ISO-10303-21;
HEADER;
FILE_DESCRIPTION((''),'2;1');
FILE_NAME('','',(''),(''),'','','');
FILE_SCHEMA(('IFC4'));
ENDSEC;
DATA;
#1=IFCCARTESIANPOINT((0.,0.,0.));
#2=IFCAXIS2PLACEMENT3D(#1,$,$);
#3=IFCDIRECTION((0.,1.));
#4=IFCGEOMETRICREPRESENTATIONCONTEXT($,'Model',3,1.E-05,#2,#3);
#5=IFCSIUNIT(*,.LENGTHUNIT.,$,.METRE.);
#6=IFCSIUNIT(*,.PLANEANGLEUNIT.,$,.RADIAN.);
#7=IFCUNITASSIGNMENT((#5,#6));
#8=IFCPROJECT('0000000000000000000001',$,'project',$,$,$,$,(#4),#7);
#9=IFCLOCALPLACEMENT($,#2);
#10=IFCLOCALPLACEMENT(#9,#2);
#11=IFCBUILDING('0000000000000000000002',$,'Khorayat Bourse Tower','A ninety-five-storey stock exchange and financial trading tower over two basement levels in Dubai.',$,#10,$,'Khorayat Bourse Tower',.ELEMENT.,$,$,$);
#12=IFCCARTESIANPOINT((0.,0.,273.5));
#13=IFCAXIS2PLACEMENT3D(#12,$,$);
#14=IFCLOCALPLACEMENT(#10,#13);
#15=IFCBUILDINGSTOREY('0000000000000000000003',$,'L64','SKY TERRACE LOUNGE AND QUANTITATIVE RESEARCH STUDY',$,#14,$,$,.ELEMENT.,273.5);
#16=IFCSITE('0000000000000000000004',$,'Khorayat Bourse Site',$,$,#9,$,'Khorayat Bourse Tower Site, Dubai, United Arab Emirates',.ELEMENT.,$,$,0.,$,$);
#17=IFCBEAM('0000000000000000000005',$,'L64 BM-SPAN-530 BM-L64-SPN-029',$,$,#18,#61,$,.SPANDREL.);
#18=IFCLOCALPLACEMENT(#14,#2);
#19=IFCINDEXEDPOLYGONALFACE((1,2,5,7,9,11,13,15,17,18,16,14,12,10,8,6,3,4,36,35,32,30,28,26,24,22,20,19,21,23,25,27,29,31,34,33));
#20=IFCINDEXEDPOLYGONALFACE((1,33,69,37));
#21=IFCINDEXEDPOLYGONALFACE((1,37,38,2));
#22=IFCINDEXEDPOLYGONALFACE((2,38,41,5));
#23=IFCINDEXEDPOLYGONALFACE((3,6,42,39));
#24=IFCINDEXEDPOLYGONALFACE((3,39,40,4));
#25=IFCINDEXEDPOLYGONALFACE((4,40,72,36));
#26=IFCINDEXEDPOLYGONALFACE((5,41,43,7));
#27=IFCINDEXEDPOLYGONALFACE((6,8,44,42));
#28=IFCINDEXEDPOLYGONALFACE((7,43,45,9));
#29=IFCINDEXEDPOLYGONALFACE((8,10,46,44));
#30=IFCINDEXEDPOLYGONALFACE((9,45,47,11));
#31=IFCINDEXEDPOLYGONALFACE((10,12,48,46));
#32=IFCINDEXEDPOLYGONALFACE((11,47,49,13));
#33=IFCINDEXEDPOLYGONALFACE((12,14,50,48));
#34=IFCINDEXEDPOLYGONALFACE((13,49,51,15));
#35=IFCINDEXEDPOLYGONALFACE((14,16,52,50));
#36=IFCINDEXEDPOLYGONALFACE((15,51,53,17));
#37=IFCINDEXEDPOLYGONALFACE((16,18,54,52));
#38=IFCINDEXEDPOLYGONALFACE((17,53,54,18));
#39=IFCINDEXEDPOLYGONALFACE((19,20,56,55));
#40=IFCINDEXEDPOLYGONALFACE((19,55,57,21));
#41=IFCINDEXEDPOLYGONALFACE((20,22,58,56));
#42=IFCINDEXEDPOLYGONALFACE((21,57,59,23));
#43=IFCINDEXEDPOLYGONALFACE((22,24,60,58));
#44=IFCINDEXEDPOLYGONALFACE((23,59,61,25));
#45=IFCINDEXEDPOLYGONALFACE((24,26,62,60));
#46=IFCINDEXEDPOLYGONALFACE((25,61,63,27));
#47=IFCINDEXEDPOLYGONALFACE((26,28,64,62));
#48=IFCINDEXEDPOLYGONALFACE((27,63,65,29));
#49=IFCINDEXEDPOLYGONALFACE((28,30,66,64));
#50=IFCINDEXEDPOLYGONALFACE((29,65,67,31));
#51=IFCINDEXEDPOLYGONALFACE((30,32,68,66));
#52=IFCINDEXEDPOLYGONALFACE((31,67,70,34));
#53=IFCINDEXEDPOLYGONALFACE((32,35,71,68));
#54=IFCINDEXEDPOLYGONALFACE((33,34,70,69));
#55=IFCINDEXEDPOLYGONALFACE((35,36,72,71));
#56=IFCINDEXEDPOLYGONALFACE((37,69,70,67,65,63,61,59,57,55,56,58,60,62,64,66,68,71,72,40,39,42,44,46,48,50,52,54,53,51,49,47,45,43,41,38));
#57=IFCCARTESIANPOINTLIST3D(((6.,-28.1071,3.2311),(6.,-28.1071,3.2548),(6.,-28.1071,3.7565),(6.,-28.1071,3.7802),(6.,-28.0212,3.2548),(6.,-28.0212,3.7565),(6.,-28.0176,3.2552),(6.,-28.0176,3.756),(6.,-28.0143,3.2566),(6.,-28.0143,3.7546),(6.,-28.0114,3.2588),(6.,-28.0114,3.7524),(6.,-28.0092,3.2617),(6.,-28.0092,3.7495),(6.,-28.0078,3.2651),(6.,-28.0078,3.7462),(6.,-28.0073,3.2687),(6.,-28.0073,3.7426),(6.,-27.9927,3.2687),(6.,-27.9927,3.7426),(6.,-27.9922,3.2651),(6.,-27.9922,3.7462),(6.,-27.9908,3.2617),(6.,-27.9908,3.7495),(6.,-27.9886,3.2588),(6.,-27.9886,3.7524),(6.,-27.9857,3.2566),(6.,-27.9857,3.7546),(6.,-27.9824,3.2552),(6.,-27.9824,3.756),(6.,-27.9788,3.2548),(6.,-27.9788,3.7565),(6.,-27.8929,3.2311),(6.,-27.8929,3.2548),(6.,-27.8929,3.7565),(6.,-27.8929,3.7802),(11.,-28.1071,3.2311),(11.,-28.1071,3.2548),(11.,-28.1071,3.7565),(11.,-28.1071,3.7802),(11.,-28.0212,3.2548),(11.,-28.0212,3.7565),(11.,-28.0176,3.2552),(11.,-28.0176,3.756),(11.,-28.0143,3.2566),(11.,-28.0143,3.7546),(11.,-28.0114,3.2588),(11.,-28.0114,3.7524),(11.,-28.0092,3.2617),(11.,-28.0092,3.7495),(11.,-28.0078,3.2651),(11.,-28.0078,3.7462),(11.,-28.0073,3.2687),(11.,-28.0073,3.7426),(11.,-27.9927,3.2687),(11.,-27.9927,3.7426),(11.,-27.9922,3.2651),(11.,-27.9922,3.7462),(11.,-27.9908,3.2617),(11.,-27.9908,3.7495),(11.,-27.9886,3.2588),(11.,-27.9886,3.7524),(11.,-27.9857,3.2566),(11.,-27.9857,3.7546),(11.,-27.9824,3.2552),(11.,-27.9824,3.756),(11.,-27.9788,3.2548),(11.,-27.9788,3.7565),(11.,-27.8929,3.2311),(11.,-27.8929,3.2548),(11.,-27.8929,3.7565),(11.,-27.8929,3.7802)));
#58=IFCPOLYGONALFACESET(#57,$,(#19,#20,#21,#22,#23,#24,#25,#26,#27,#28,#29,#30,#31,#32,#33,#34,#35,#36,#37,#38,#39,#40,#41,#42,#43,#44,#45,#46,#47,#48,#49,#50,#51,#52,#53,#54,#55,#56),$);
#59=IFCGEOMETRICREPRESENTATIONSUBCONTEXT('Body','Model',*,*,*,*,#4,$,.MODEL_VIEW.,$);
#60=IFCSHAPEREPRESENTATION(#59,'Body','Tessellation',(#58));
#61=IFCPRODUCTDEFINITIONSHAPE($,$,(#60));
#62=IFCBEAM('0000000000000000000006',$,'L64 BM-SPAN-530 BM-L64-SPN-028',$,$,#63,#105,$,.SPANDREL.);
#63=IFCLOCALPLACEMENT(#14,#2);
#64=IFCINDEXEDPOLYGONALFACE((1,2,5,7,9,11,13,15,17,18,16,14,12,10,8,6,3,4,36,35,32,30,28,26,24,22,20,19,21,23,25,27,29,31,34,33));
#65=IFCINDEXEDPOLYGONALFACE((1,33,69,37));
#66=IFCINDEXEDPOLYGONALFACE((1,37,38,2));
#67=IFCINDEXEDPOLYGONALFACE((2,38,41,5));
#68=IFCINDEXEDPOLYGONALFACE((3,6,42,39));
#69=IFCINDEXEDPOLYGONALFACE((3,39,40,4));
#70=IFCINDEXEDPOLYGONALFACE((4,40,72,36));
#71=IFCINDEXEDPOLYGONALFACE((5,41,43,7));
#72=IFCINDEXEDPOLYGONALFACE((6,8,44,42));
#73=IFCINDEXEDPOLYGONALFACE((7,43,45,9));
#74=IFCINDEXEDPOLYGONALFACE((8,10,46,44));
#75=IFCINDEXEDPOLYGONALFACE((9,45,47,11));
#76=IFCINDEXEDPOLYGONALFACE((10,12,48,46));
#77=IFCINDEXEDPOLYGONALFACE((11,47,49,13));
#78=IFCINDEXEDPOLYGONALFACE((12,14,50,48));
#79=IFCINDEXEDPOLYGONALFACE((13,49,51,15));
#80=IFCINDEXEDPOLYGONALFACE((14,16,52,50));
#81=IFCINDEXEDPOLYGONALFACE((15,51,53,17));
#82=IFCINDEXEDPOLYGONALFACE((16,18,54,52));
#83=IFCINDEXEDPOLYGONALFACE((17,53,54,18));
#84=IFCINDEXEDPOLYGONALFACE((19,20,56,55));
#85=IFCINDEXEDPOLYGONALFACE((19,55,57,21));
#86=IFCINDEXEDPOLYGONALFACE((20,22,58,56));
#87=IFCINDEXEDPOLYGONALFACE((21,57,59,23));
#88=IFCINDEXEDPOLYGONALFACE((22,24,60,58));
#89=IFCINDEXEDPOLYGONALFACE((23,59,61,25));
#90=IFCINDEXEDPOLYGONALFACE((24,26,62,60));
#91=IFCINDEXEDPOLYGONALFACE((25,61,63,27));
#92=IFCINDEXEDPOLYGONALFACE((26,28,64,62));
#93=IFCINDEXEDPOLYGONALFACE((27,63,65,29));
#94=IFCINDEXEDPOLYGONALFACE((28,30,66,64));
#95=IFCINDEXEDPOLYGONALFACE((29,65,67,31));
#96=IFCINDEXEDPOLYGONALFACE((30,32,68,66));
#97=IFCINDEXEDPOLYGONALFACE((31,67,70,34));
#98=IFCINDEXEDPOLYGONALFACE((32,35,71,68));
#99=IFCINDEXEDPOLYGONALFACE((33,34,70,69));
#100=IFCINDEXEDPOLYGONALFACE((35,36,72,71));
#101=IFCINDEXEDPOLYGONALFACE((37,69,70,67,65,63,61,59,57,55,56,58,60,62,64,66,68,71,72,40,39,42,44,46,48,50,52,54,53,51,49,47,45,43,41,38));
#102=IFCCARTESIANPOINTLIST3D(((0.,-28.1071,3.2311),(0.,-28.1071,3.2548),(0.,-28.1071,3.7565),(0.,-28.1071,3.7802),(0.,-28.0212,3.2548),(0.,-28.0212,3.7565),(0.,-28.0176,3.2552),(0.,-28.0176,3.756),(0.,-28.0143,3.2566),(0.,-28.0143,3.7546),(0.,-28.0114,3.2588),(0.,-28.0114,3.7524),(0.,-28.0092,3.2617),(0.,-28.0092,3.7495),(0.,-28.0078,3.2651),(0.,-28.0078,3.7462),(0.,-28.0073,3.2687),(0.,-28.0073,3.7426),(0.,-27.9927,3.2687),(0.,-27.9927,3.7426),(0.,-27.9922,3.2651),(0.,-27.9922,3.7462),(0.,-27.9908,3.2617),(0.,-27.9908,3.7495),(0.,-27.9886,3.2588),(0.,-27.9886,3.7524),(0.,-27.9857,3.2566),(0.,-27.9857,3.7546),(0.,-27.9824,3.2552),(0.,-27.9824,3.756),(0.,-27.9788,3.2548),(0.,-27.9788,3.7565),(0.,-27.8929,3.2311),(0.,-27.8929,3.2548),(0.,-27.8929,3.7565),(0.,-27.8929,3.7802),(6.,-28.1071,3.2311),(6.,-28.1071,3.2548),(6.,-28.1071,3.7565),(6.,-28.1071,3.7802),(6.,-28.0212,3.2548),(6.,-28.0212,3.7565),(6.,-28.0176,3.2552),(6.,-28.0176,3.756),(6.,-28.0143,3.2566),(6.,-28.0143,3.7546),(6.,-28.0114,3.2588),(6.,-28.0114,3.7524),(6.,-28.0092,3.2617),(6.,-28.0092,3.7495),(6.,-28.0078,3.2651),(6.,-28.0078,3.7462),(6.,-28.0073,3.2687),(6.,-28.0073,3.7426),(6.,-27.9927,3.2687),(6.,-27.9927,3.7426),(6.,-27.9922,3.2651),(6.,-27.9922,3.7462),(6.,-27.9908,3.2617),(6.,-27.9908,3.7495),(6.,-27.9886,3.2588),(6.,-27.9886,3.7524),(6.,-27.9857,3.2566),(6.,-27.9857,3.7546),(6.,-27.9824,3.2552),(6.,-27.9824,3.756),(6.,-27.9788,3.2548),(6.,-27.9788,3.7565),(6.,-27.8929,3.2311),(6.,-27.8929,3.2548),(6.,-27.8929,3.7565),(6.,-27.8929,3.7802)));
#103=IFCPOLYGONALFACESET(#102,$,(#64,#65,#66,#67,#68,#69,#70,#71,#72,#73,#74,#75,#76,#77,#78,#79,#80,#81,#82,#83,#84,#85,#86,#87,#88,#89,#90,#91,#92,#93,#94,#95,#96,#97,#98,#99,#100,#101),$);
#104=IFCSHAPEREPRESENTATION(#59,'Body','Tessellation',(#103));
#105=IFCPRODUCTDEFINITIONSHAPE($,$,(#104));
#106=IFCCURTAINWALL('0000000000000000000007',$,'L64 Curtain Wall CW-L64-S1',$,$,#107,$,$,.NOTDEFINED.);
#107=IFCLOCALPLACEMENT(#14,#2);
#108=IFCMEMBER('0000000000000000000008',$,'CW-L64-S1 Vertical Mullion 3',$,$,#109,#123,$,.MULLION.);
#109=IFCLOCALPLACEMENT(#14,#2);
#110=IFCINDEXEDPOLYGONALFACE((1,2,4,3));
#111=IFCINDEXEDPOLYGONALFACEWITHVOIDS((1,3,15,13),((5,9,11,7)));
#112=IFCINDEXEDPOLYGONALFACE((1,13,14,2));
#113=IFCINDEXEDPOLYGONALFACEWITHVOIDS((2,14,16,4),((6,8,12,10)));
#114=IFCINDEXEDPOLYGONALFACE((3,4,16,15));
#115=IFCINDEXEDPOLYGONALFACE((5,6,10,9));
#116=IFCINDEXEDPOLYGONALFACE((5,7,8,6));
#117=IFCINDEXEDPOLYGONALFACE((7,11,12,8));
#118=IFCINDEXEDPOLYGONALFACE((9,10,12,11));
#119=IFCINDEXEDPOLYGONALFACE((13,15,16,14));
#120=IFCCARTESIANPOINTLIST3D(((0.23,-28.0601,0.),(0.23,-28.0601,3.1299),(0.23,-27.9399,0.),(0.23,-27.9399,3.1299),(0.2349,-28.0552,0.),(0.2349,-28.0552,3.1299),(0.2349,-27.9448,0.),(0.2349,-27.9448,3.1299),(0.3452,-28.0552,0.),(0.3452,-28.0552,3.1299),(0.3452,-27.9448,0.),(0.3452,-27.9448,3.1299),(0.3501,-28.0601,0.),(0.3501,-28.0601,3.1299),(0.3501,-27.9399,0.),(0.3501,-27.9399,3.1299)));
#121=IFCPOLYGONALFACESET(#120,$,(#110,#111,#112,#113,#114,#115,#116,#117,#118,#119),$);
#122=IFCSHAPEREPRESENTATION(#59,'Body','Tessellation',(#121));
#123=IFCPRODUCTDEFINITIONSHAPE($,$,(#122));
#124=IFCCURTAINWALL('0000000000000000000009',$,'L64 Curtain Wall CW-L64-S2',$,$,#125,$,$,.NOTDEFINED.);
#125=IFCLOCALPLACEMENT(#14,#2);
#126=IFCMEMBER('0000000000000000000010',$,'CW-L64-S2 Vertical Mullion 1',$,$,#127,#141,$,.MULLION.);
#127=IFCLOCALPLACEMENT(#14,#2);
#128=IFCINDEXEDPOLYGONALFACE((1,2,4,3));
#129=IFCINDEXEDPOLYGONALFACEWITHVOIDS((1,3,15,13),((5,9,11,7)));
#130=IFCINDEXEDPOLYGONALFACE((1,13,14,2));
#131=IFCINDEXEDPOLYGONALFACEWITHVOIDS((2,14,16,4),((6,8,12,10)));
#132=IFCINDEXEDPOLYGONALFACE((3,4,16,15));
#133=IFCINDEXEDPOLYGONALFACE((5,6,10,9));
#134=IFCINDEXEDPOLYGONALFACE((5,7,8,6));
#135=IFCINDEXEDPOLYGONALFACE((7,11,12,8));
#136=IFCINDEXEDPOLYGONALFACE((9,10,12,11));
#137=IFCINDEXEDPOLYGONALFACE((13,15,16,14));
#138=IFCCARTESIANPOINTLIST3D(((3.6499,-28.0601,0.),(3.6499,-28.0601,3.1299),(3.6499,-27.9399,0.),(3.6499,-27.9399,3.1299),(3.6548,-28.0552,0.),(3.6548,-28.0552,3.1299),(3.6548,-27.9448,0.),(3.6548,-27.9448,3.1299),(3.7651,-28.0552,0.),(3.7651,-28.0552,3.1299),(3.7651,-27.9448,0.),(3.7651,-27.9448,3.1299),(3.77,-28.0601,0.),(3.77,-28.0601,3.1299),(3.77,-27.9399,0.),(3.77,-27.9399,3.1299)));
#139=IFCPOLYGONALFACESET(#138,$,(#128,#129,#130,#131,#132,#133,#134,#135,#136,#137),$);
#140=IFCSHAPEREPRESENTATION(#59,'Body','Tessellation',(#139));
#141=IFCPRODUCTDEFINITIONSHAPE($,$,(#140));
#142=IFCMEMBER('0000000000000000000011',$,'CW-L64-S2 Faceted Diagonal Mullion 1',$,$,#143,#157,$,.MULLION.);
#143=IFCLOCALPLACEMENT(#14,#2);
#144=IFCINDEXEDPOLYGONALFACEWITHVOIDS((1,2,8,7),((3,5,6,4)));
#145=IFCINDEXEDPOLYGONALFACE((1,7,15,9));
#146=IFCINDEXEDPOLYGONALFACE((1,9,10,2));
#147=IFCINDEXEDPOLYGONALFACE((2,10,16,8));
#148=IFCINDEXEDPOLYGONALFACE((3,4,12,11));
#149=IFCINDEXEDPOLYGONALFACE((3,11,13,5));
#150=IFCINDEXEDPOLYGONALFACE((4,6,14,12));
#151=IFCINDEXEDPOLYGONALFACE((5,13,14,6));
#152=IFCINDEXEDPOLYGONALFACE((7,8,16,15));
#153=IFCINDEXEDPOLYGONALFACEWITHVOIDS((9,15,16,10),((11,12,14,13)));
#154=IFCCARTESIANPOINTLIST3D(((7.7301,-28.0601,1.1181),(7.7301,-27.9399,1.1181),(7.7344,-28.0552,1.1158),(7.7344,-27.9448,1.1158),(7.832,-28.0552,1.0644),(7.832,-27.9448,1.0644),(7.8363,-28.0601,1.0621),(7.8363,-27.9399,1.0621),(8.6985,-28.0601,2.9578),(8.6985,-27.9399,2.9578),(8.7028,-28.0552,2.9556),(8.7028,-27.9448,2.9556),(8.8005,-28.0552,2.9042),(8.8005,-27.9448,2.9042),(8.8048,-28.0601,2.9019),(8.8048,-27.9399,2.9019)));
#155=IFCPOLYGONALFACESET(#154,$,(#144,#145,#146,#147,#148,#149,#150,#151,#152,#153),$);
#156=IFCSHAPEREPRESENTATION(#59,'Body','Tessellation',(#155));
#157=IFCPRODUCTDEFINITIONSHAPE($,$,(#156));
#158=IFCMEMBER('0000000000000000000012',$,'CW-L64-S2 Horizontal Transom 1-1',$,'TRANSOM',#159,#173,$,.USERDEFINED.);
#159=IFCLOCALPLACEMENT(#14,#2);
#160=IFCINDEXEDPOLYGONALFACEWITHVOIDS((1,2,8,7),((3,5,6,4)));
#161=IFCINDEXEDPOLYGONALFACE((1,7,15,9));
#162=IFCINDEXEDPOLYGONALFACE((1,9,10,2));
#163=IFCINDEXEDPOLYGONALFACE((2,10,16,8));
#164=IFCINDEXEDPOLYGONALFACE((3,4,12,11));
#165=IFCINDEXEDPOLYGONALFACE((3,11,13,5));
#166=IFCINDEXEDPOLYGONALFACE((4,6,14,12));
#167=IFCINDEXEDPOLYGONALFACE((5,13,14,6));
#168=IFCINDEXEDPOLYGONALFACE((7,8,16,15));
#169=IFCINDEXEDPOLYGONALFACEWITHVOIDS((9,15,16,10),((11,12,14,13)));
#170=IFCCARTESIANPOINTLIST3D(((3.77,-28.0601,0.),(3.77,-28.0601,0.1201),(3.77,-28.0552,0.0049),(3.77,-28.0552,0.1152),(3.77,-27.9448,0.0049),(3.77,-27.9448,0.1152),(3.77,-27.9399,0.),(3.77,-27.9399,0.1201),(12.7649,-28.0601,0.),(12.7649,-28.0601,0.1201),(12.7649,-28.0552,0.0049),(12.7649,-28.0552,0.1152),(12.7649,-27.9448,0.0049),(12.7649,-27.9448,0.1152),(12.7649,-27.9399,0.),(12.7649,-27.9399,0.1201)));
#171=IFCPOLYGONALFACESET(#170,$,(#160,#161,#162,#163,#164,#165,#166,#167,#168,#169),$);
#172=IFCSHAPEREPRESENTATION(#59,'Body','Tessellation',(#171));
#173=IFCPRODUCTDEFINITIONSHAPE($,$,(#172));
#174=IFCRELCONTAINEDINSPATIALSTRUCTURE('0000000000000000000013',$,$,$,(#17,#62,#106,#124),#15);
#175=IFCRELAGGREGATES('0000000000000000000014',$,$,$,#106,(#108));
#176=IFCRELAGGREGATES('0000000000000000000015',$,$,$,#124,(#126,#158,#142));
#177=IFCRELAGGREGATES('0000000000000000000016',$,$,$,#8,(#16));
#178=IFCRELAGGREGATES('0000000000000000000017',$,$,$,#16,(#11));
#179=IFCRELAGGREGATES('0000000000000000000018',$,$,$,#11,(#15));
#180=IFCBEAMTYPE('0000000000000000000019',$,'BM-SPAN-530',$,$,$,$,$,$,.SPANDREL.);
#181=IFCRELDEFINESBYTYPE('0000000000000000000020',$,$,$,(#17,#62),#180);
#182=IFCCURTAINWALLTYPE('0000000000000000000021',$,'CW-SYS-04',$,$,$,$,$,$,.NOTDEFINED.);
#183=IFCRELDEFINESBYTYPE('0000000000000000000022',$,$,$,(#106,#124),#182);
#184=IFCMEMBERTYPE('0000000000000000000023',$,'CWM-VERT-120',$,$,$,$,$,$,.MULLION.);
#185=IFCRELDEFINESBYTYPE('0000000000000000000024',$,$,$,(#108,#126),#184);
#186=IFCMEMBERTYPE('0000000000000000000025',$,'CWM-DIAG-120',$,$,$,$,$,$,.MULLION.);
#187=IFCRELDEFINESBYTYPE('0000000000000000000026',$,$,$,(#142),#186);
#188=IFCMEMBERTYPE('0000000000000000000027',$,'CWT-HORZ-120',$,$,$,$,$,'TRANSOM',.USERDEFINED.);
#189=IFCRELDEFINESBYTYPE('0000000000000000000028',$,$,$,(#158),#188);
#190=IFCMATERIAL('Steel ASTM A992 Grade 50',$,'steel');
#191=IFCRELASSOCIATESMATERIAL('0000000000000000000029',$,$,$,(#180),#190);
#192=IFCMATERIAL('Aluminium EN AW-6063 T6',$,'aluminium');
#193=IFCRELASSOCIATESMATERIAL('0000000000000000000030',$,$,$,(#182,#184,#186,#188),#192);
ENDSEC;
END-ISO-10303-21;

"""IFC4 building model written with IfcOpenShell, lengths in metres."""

from ifc_helpers import new_model, si_unit, direction, frame, origin, origin_2d, place, context, subcontext, project, spatial, hollow_rectangle, i_section, extrude, source, transform, mapped, material, material_profile, profile_set, type_object, element, aggregate, save


model = new_model("IFC4")

# Units and contexts
model_context = context("Model", 3, precision=1e-05, world=origin(), true_north=direction((0.0, 1.0)))
body_context = subcontext(model_context, "Body", "Model", "MODEL_VIEW")
ifc_project = project(units=[si_unit("LENGTHUNIT", "METRE"), si_unit("PLANEANGLEUNIT", "RADIAN")], contexts=[model_context])

# Site, building, storey
site_placement = place(None, origin())
site = spatial("IfcSite", under=ifc_project, at=site_placement, Name="Khorayat Bourse Site", LongName="Khorayat Bourse Tower Site, Dubai, United Arab Emirates", CompositionType="ELEMENT", RefElevation=0.0)
building_placement = place(site_placement, origin())
building = spatial("IfcBuilding", under=site, at=building_placement, Name="Khorayat Bourse Tower", Description="A ninety-five-storey stock exchange and financial trading tower over two basement levels in Dubai.", LongName="Khorayat Bourse Tower", CompositionType="ELEMENT")
storey_placement = place(building_placement, frame((0.0, 0.0, 273.5)))
storey = spatial("IfcBuildingStorey", under=building, at=storey_placement, Name="L64", Description="SKY TERRACE LOUNGE AND QUANTITATIVE RESEARCH STUDY", CompositionType="ELEMENT", Elevation=273.5)

# Shared definitions
ifc_material_1 = material(Name="Steel ASTM A992 Grade 50", Category="steel")

# Beams
ifc_material_profile_1 = material_profile(ifc_material_1, i_section(OverallWidth=0.2141, OverallDepth=0.5491, WebThickness=0.0146, FlangeThickness=0.0237, FilletRadius=0.0139, at=origin_2d()), Name="W530X138")
ifc_profile_set_1 = profile_set([ifc_material_profile_1], Name="Steel ASTM A992 Grade 50")
beam_type_1 = type_object("IfcBeamType", Name="BM-SPAN-530", PredefinedType="SPANDREL", material=ifc_profile_set_1)
shared_shape_1 = source(origin(), body_context, "Body", "SweptSolid", [
    extrude(i_section(OverallWidth=0.2141, OverallDepth=0.5491, WebThickness=0.0146, FlangeThickness=0.0237, FilletRadius=0.0139, at=origin_2d()), origin(), (0.0, 0.0, 1.0), 5.0),
])
beam_1_placement = place(storey_placement, frame((6.0, -28.0, 3.5056), z_axis=(1.0, 0.0, 0.0), x_axis=(0.0, 1.0, 0.0)))
element("IfcBeam", 1, at=beam_1_placement, inside=storey, type_object=beam_type_1, Name="L64 BM-SPAN-530 BM-L64-SPN-029", PredefinedType="SPANDREL", context=body_context, shape_type="MappedRepresentation", body=[
    mapped(shared_shape_1, transform((0.0, 0.0, 0.0), scale=1.0)),
])
shared_shape_2 = source(origin(), body_context, "Body", "SweptSolid", [
    extrude(i_section(OverallWidth=0.2141, OverallDepth=0.5491, WebThickness=0.0146, FlangeThickness=0.0237, FilletRadius=0.0139, at=origin_2d()), origin(), (0.0, 0.0, 1.0), 6.0),
])
beam_2_placement = place(storey_placement, frame((0.0, -28.0, 3.5056), z_axis=(1.0, 0.0, 0.0), x_axis=(0.0, 1.0, 0.0)))
element("IfcBeam", 2, at=beam_2_placement, inside=storey, type_object=beam_type_1, Name="L64 BM-SPAN-530 BM-L64-SPN-028", PredefinedType="SPANDREL", context=body_context, shape_type="MappedRepresentation", body=[
    mapped(shared_shape_2, transform((0.0, 0.0, 0.0), scale=1.0)),
])

# Curtain wall, member
ifc_material_2 = material(Name="Aluminium EN AW-6063 T6", Category="aluminium")
curtain_wall_type = type_object("IfcCurtainWallType", Name="CW-SYS-04", PredefinedType="NOTDEFINED", material=ifc_material_2)
curtain_wall_1_placement = place(storey_placement, origin())
curtain_wall_1 = element("IfcCurtainWall", 3, at=curtain_wall_1_placement, inside=storey, type_object=curtain_wall_type, Name="L64 Curtain Wall CW-L64-S1", PredefinedType="NOTDEFINED")
ifc_material_profile_2 = material_profile(ifc_material_2, hollow_rectangle(XDim=0.1201, YDim=0.1201, WallThickness=0.0049, at=origin_2d()), Name="ALU 120x120x5")
ifc_profile_set_2 = profile_set([ifc_material_profile_2], Name="Aluminium EN AW-6063 T6")
member_type_1 = type_object("IfcMemberType", Name="CWM-VERT-120", PredefinedType="MULLION", material=ifc_profile_set_2)
shared_shape_3 = source(origin(), body_context, "Body", "SweptSolid", [
    extrude(hollow_rectangle(XDim=0.1201, YDim=0.1201, WallThickness=0.0049, at=origin_2d()), origin(), (0.0, 0.0, 1.0), 3.1299),
])
member_1_placement = place(storey_placement, frame((0.29, -28.0, 0.0), z_axis=(0.0, 0.0, 1.0), x_axis=(0.0, 1.0, 0.0)))
member_1 = element("IfcMember", 4, at=member_1_placement, type_object=member_type_1, Name="CW-L64-S1 Vertical Mullion 3", PredefinedType="MULLION", context=body_context, shape_type="MappedRepresentation", body=[
    mapped(shared_shape_3, transform((0.0, 0.0, 0.0), scale=1.0)),
])
aggregate(curtain_wall_1, [member_1])

# Curtain wall, members
curtain_wall_2_placement = place(storey_placement, origin())
curtain_wall_2 = element("IfcCurtainWall", 5, at=curtain_wall_2_placement, inside=storey, type_object=curtain_wall_type, Name="L64 Curtain Wall CW-L64-S2", PredefinedType="NOTDEFINED")
member_2_placement = place(storey_placement, frame((3.71, -28.0, 0.0), z_axis=(0.0, 0.0, 1.0), x_axis=(0.0, 1.0, 0.0)))
member_2 = element("IfcMember", 6, at=member_2_placement, type_object=member_type_1, Name="CW-L64-S2 Vertical Mullion 1", PredefinedType="MULLION", context=body_context, shape_type="MappedRepresentation", body=[
    mapped(shared_shape_3, transform((0.0, 0.0, 0.0), scale=1.0)),
])
ifc_material_profile_3 = material_profile(ifc_material_2, hollow_rectangle(XDim=0.1201, YDim=0.1201, WallThickness=0.0049, at=origin_2d()), Name="ALU 120x120x5")
ifc_profile_set_3 = profile_set([ifc_material_profile_3], Name="Aluminium EN AW-6063 T6")
member_type_2 = type_object("IfcMemberType", Name="CWM-DIAG-120", PredefinedType="MULLION", material=ifc_profile_set_3)
shared_shape_4 = source(origin(), body_context, "Body", "SweptSolid", [
    extrude(hollow_rectangle(XDim=0.1201, YDim=0.1201, WallThickness=0.0049, at=origin_2d()), origin(), (0.0, 0.0, 1.0), 2.0791),
])
member_3_placement = place(storey_placement, frame((7.7832, -28.0, 1.0901), z_axis=(0.465809, 0.0, 0.884885), x_axis=(0.0, 1.0, 0.0)))
member_3 = element("IfcMember", 7, at=member_3_placement, type_object=member_type_2, Name="CW-L64-S2 Faceted Diagonal Mullion 1", PredefinedType="MULLION", context=body_context, shape_type="MappedRepresentation", body=[
    mapped(shared_shape_4, transform((0.0, 0.0, 0.0), scale=1.0)),
])
ifc_material_profile_4 = material_profile(ifc_material_2, hollow_rectangle(XDim=0.1201, YDim=0.1201, WallThickness=0.0049, at=origin_2d()), Name="ALU 120x120x5")
ifc_profile_set_4 = profile_set([ifc_material_profile_4], Name="Aluminium EN AW-6063 T6")
member_type_3 = type_object("IfcMemberType", Name="CWT-HORZ-120", ElementType="TRANSOM", PredefinedType="USERDEFINED", material=ifc_profile_set_4)
shared_shape_5 = source(origin(), body_context, "Body", "SweptSolid", [
    extrude(hollow_rectangle(XDim=0.1201, YDim=0.1201, WallThickness=0.0049, at=origin_2d()), origin(), (0.0, 0.0, 1.0), 8.9949),
])
member_4_placement = place(storey_placement, frame((3.77, -28.0, 0.0601), z_axis=(1.0, 0.0, 0.0), x_axis=(0.0, 1.0, 0.0)))
member_4 = element("IfcMember", 8, at=member_4_placement, type_object=member_type_3, Name="CW-L64-S2 Horizontal Transom 1-1", ObjectType="TRANSOM", PredefinedType="USERDEFINED", context=body_context, shape_type="MappedRepresentation", body=[
    mapped(shared_shape_5, transform((0.0, 0.0, 0.0), scale=1.0)),
])

aggregate(curtain_wall_2, [member_2, member_4, member_3])

save(model, "model.ifc")
